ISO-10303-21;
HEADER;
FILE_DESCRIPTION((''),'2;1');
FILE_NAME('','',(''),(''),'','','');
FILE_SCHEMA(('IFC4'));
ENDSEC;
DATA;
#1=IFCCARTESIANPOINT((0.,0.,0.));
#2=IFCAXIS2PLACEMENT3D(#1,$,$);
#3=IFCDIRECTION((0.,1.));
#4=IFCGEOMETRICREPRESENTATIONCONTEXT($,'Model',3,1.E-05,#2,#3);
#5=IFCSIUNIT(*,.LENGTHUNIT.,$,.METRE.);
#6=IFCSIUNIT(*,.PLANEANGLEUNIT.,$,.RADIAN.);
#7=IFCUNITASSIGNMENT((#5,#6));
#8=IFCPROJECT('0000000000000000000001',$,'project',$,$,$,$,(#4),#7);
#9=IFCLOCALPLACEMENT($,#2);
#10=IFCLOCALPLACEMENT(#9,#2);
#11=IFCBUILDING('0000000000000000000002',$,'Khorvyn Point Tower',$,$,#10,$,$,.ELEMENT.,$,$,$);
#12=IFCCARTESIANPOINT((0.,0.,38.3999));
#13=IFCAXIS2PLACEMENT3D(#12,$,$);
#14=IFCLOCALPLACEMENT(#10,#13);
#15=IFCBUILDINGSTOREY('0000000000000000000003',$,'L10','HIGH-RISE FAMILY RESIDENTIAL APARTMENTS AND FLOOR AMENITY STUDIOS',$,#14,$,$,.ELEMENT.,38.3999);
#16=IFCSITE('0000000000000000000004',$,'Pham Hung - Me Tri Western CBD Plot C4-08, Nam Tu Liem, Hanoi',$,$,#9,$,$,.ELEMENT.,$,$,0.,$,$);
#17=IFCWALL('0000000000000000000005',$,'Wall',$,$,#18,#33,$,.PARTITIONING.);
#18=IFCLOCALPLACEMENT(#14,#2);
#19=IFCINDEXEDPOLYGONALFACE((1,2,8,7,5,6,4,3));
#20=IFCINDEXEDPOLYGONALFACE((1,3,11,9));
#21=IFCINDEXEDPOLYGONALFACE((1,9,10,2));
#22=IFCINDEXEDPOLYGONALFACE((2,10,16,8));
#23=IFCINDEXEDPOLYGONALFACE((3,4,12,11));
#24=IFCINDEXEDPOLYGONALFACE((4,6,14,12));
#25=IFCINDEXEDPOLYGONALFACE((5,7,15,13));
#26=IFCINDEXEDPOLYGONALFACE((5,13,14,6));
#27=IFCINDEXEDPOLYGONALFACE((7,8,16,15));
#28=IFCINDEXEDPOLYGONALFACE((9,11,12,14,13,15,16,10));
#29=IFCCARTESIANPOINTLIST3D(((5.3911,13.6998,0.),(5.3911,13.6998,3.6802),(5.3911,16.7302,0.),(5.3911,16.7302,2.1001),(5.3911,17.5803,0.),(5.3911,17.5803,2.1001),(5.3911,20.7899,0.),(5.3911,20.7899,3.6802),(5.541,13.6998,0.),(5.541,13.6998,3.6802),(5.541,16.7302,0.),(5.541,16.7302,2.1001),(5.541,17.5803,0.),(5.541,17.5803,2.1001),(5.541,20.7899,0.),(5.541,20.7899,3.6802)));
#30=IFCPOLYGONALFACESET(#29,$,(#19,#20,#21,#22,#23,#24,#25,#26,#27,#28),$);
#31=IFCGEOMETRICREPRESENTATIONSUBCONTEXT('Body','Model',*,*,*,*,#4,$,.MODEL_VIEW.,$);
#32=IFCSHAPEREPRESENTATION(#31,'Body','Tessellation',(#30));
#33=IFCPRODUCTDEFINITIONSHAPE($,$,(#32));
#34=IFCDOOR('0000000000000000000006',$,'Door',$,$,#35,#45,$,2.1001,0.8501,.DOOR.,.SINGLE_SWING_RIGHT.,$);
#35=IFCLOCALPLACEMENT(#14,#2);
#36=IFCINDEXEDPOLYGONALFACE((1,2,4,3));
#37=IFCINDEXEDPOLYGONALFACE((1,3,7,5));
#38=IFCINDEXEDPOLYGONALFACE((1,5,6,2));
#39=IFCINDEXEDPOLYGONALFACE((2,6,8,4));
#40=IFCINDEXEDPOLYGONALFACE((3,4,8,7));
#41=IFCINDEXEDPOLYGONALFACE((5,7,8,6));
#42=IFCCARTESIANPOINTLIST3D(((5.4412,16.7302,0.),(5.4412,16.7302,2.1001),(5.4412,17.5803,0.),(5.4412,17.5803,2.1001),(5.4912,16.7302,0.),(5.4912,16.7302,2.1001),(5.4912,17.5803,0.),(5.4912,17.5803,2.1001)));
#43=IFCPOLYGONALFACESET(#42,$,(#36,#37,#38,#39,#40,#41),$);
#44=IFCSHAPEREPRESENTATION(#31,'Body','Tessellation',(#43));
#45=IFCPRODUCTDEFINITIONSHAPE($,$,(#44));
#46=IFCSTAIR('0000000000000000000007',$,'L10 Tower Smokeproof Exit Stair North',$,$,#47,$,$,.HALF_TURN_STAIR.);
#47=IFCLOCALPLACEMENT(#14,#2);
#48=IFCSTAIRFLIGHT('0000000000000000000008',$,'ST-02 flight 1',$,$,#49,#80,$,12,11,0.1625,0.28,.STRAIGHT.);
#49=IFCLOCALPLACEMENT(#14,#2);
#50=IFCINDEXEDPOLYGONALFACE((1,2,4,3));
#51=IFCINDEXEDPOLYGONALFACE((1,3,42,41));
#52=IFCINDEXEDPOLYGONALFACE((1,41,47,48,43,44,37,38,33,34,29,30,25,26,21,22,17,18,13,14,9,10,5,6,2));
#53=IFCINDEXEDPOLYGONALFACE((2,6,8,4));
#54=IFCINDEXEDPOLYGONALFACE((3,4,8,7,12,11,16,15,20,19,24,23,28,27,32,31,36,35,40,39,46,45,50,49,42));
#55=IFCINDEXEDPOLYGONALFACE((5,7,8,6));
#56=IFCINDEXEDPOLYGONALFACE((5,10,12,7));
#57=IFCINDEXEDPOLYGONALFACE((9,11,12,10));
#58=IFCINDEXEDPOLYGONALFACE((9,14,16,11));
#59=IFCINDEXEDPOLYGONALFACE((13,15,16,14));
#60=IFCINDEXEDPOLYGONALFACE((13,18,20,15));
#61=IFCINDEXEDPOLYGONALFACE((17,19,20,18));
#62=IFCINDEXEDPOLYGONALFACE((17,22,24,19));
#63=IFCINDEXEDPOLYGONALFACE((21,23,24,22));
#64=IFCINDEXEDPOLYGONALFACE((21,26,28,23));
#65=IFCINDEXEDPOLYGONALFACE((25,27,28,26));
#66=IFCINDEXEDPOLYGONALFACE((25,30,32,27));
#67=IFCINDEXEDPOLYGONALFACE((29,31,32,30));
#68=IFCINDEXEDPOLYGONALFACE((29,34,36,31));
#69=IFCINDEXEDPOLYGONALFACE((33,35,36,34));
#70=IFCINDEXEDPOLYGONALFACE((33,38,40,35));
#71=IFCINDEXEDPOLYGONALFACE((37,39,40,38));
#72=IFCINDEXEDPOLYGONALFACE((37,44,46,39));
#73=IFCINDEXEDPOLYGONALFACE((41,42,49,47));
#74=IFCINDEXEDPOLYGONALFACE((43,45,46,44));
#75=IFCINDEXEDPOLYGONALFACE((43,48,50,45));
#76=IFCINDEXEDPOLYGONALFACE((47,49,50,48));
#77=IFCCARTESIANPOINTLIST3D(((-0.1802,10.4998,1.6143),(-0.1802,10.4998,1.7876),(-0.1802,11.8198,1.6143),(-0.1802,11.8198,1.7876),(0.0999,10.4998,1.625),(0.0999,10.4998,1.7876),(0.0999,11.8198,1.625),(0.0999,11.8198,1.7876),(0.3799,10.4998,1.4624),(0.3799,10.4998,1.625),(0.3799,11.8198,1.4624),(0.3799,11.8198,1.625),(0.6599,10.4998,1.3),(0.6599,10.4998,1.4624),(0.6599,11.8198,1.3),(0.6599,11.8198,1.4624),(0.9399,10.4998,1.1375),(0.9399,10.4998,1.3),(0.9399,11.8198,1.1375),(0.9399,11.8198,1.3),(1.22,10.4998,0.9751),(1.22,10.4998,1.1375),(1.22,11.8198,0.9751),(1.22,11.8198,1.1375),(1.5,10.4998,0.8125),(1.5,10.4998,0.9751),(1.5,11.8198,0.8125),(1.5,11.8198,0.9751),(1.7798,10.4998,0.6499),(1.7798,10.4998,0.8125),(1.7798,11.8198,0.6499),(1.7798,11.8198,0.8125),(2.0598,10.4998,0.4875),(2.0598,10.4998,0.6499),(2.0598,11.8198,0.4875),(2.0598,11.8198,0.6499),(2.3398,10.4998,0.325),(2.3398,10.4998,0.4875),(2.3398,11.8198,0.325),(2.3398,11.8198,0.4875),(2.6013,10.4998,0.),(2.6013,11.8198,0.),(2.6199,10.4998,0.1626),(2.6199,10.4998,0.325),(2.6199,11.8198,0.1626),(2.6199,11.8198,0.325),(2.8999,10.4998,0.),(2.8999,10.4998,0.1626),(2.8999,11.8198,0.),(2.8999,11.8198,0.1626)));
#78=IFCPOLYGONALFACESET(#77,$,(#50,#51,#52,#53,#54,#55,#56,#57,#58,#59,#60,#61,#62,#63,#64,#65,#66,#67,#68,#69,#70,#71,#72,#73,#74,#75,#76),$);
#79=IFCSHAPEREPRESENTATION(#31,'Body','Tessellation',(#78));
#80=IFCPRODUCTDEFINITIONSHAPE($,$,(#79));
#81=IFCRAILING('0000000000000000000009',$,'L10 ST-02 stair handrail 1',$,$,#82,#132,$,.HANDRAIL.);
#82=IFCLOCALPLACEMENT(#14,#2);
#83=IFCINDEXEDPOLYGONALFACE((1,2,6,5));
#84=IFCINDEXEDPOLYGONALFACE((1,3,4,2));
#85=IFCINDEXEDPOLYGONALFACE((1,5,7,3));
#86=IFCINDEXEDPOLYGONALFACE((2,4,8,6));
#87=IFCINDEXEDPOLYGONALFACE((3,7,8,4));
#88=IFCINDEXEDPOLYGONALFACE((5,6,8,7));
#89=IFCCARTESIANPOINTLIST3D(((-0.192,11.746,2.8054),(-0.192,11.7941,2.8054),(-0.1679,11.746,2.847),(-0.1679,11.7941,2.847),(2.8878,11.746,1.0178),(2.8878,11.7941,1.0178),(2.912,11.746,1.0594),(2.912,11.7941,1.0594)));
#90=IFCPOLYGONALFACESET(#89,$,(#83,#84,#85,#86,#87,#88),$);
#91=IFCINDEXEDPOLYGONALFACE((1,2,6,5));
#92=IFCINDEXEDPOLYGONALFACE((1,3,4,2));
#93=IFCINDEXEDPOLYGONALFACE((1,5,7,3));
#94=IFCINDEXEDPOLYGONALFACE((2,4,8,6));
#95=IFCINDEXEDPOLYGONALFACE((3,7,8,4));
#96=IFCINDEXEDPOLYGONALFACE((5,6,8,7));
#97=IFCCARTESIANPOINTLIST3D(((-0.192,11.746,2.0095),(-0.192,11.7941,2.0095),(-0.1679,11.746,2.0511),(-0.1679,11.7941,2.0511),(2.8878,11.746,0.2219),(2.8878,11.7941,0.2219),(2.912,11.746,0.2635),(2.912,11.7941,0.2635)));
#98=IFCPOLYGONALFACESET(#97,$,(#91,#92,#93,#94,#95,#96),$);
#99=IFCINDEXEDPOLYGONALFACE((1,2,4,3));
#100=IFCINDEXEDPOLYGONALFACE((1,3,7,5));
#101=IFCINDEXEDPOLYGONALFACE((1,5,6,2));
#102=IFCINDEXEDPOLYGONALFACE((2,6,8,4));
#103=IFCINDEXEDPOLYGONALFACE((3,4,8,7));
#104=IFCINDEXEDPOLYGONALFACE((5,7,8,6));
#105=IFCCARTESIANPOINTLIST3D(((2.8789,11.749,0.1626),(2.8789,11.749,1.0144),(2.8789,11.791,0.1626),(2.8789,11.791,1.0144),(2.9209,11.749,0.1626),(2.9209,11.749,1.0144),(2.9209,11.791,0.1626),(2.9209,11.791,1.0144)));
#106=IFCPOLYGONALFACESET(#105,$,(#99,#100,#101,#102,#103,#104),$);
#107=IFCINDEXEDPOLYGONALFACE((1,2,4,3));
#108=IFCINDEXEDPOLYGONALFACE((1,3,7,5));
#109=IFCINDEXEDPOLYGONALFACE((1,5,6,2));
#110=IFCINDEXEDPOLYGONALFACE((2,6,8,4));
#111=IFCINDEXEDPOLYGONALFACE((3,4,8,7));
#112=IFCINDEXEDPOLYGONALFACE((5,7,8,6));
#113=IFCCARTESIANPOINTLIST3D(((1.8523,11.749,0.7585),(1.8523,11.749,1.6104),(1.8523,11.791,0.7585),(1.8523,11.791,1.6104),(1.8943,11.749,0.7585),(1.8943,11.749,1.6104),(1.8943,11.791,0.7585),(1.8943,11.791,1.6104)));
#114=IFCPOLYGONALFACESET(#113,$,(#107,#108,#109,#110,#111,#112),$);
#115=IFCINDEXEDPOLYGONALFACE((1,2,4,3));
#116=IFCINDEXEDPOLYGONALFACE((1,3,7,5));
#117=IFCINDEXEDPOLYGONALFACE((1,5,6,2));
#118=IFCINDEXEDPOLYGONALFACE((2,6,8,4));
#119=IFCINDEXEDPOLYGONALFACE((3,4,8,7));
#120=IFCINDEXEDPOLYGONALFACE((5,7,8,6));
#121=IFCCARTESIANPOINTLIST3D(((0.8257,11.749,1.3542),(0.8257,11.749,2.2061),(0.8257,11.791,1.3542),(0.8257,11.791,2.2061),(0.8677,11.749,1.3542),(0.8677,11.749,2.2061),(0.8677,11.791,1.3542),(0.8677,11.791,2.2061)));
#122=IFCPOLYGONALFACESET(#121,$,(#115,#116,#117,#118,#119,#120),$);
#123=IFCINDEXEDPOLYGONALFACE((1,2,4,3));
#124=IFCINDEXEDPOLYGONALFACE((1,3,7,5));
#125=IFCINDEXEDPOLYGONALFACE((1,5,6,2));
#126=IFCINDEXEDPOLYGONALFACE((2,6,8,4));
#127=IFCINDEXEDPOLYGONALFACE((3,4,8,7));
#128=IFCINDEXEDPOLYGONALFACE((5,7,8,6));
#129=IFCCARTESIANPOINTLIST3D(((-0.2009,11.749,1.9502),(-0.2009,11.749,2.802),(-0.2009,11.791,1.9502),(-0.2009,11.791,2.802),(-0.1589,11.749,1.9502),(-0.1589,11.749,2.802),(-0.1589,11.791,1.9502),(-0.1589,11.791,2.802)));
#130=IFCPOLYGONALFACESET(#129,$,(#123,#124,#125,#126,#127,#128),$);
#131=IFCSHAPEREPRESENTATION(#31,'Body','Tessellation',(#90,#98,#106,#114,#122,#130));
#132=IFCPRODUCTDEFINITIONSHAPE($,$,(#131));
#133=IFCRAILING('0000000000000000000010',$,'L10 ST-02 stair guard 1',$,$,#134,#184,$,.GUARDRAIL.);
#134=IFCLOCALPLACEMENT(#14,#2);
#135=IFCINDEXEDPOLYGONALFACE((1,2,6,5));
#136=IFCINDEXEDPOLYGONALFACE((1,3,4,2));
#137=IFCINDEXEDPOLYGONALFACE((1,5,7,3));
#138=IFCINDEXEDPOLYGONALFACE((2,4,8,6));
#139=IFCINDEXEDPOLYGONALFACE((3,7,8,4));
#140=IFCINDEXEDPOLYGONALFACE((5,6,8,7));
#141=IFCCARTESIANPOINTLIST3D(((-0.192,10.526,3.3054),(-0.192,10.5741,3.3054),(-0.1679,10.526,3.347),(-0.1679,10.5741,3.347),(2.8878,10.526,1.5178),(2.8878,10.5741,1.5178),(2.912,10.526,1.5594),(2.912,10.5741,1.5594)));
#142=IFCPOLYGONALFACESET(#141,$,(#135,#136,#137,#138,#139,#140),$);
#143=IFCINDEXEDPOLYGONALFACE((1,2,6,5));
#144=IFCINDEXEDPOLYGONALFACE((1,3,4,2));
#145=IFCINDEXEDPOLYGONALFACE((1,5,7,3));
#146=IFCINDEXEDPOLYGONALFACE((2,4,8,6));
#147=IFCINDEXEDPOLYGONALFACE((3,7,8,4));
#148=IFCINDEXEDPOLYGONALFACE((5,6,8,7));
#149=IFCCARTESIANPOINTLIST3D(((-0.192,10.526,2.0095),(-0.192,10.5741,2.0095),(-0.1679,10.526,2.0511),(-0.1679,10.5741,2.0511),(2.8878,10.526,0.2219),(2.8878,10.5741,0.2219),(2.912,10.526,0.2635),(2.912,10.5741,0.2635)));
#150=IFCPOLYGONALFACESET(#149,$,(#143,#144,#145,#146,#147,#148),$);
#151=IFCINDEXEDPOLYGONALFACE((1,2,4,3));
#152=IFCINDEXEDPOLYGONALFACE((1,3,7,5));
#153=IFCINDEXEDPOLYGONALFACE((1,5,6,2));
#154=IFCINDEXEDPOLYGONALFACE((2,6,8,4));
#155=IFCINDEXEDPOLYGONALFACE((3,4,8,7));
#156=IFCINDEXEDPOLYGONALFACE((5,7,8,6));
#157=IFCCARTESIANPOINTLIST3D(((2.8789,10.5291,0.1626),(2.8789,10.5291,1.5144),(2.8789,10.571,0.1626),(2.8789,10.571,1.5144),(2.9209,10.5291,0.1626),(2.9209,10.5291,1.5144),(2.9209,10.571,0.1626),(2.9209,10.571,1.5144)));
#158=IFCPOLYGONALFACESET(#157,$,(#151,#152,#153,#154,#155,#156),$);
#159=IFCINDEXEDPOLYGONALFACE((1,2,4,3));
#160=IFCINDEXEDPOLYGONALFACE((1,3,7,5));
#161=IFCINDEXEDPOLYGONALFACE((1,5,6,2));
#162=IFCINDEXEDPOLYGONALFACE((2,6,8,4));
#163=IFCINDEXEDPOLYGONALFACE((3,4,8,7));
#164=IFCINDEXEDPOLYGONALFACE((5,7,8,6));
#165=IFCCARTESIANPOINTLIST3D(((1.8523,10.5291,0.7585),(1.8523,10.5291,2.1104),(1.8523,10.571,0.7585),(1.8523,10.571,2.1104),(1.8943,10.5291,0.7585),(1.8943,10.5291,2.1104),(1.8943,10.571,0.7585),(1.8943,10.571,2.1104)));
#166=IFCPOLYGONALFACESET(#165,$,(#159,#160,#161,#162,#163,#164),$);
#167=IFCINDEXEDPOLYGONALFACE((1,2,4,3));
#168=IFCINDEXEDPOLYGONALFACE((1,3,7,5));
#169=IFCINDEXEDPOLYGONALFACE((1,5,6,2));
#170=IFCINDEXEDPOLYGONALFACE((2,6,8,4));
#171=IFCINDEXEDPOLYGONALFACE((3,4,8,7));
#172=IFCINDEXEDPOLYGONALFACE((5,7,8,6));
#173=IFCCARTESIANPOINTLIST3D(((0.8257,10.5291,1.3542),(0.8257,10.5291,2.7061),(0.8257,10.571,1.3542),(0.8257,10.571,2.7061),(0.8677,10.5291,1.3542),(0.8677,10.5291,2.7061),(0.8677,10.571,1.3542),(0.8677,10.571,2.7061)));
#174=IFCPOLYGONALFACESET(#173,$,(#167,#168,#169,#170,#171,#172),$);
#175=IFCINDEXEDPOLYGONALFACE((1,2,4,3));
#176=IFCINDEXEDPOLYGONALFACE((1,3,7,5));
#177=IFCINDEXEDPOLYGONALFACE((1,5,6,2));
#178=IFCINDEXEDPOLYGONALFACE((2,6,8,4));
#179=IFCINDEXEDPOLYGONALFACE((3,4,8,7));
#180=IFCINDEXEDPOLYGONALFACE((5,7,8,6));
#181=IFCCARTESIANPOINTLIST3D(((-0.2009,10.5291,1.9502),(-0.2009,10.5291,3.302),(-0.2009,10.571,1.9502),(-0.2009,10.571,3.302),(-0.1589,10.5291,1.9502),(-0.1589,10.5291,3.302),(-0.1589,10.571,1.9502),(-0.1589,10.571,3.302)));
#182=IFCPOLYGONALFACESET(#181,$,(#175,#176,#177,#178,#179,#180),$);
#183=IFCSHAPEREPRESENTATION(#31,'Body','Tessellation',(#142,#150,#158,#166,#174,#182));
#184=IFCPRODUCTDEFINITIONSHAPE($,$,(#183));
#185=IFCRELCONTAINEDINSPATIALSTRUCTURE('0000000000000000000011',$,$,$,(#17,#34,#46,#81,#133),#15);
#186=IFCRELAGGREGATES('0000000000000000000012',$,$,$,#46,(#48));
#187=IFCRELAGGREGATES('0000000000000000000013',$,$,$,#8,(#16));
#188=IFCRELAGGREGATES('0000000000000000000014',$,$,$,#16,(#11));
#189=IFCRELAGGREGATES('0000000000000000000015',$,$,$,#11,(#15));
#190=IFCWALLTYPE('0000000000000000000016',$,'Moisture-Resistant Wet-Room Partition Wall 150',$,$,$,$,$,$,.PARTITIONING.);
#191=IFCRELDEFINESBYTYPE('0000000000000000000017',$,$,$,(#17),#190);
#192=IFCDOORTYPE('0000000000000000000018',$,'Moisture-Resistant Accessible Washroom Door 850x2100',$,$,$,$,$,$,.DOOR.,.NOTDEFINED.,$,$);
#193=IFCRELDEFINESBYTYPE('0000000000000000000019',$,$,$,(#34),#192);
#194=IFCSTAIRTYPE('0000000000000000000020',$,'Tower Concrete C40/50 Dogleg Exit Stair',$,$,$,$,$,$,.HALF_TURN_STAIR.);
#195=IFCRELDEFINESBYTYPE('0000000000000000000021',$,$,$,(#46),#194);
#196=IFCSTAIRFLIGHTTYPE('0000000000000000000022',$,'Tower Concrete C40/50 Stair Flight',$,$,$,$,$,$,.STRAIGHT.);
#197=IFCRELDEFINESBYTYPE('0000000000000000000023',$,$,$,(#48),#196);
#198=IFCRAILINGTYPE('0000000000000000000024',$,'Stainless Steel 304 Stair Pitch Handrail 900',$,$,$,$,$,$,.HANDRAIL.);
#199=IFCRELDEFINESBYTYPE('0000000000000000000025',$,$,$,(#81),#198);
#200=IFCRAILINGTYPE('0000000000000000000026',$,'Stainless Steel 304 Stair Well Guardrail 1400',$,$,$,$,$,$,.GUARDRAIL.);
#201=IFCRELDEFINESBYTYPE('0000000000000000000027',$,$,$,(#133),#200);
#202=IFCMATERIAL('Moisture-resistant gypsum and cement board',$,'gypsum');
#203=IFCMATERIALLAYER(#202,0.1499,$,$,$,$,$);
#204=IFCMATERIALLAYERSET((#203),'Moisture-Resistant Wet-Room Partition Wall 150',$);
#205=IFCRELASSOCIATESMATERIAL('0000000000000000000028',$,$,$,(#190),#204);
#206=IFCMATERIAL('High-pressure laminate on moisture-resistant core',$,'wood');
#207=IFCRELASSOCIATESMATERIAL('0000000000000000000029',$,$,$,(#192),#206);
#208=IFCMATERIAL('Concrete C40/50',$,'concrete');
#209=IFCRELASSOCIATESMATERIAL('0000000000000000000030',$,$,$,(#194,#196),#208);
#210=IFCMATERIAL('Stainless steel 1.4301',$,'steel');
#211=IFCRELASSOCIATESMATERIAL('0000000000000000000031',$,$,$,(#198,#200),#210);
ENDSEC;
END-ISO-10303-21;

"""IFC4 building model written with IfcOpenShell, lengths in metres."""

from ifc_helpers import new_model, si_unit, direction, frame, frame_2d, origin, origin_2d, place, context, subcontext, project, spatial, polyline, rectangle, outline, extrude, material, layer, layer_set, type_object, element, fill, aggregate, save


model = new_model("IFC4")

# Units and contexts
model_context = context("Model", 3, precision=1e-05, world=origin(), true_north=direction((0.0, 1.0)))
body_context = subcontext(model_context, "Body", "Model", "MODEL_VIEW")
ifc_project = project(units=[si_unit("LENGTHUNIT", "METRE"), si_unit("PLANEANGLEUNIT", "RADIAN")], contexts=[model_context])

# Site, building, storey
site_placement = place(None, origin())
site = spatial("IfcSite", under=ifc_project, at=site_placement, Name="Pham Hung - Me Tri Western CBD Plot C4-08, Nam Tu Liem, Hanoi", CompositionType="ELEMENT", RefElevation=0.0)
building_placement = place(site_placement, origin())
building = spatial("IfcBuilding", under=site, at=building_placement, Name="Khorvyn Point Tower", CompositionType="ELEMENT")
storey_placement = place(building_placement, frame((0.0, 0.0, 38.3999)))
storey = spatial("IfcBuildingStorey", under=building, at=storey_placement, Name="L10", Description="HIGH-RISE FAMILY RESIDENTIAL APARTMENTS AND FLOOR AMENITY STUDIOS", CompositionType="ELEMENT", Elevation=38.3999)

# Wall, opening, door
ifc_material_1 = material(Name="Concrete C40/50", Category="concrete")
ifc_material_2 = material(Name="Moisture-resistant gypsum and cement board", Category="gypsum")
ifc_layer_1 = layer(ifc_material_2, 0.1499)
ifc_layer_set_1 = layer_set([ifc_layer_1], Name="Moisture-Resistant Wet-Room Partition Wall 150")
wall_type_1 = type_object("IfcWallType", Name="Moisture-Resistant Wet-Room Partition Wall 150", PredefinedType="PARTITIONING", material=ifc_layer_set_1)
ifc_material_3 = material(Name="High-pressure laminate on moisture-resistant core", Category="wood")
door_type_1 = type_object("IfcDoorType", Name="Moisture-Resistant Accessible Washroom Door 850x2100", OperationType="NOTDEFINED", PredefinedType="DOOR", material=ifc_material_3)
wall_1_placement = place(storey_placement, frame((5.4661, 13.7, 0.0), z_axis=(0.0, 0.0, 1.0), x_axis=(0.0, 1.0, 0.0)))
wall_1 = element("IfcWall", 1, at=wall_1_placement, inside=storey, type_object=wall_type_1, Name="Wall", PredefinedType="PARTITIONING", context=body_context, shape_type="SweptSolid", body=[
    extrude(rectangle(XDim=7.0901, YDim=0.1499, at=frame_2d((3.5449, 0.0))), origin(), (0.0, 0.0, 1.0), 3.6802),
])
opening_1_placement = place(wall_1_placement, frame((3.0303, 0.0, 0.0)))
opening_1 = element("IfcOpeningElement", 2, at=opening_1_placement, cuts=wall_1, PredefinedType="OPENING", context=body_context, shape_type="SweptSolid", body=[
    extrude(rectangle(XDim=0.8501, YDim=2.1001, at=frame_2d((0.425, 1.05))), frame((0.0, 0.085, 0.0), z_axis=(0.0, -1.0, 0.0), x_axis=(1.0, 0.0, 0.0)), (0.0, 0.0, 1.0), 0.1699),
])
door_1_placement = place(opening_1_placement, origin())
door_1 = element("IfcDoor", 3, at=door_1_placement, inside=storey, type_object=door_type_1, Name="Door", OperationType="SINGLE_SWING_RIGHT", OverallHeight=2.1001, OverallWidth=0.8501, PredefinedType="DOOR", context=body_context, shape_type="SweptSolid", body=[
    extrude(rectangle(XDim=0.8501, YDim=2.1001, at=frame_2d((0.425, 1.05))), frame((0.0, 0.0249, 0.0), z_axis=(0.0, -1.0, 0.0), x_axis=(1.0, 0.0, 0.0)), (0.0, 0.0, 1.0), 0.05),
])
fill(opening_1, door_1)

# Stair, stair flight
stair_type = type_object("IfcStairType", Name="Tower Concrete C40/50 Dogleg Exit Stair", PredefinedType="HALF_TURN_STAIR", material=ifc_material_1)
stair_placement = place(storey_placement, origin())
stair = element("IfcStair", 4, at=stair_placement, inside=storey, type_object=stair_type, Name="L10 Tower Smokeproof Exit Stair North", PredefinedType="HALF_TURN_STAIR")
stair_flight_type = type_object("IfcStairFlightType", Name="Tower Concrete C40/50 Stair Flight", PredefinedType="STRAIGHT", material=ifc_material_1)
stair_flight_placement = place(storey_placement, frame((2.8999, 11.1599, 0.0), z_axis=(0.0, 0.0, 1.0), x_axis=(-1.0, 0.0, 0.0)))
stair_flight = element("IfcStairFlight", 5, at=stair_flight_placement, type_object=stair_flight_type, Name="ST-02 flight 1", NumberOfRisers=12, NumberOfTreads=11, PredefinedType="STRAIGHT", RiserHeight=0.1625, TreadLength=0.28, context=body_context, shape_type="SweptSolid", body=[
    extrude(outline(polyline([(0.0, 0.0), (0.0, 0.1626), (0.28, 0.1626), (0.28, 0.325), (0.5601, 0.325), (0.5601, 0.4875), (0.8401, 0.4875), (0.8401, 0.6499), (1.1201, 0.6499), (1.1201, 0.8125), (1.3999, 0.8125), (1.3999, 0.9751), (1.6799, 0.9751), (1.6799, 1.1375), (1.96, 1.1375), (1.96, 1.3), (2.24, 1.3), (2.24, 1.4624), (2.52, 1.4624), (2.52, 1.625), (2.8, 1.625), (2.8, 1.7876), (3.0801, 1.7876), (3.0801, 1.95), (3.0801, 1.6143), (0.2986, 0.0), (0.0, 0.0)])), frame((0.0, 0.6602, 0.0), z_axis=(0.0, -1.0, 0.0), x_axis=(1.0, 0.0, 0.0)), (0.0, 0.0, 1.0), 1.3201),
])
aggregate(stair, [stair_flight])

# Railings
ifc_material_4 = material(Name="Stainless steel 1.4301", Category="steel")
railing_type_1 = type_object("IfcRailingType", Name="Stainless Steel 304 Stair Pitch Handrail 900", PredefinedType="HANDRAIL", material=ifc_material_4)
railing_1_placement = place(storey_placement, frame((2.8999, 11.77, 0.1626)))
element("IfcRailing", 6, at=railing_1_placement, inside=storey, type_object=railing_type_1, Name="L10 ST-02 stair handrail 1", PredefinedType="HANDRAIL", context=body_context, shape_type="SweptSolid", body=[
    extrude(rectangle(XDim=0.0481, YDim=0.0481, at=origin_2d()), frame((0.0, 0.0, 0.876), z_axis=(-0.864873, 0.0, 0.50199), x_axis=(0.0, -1.0, 0.0)), (0.0, 0.0, 1.0), 3.561),
    extrude(rectangle(XDim=0.0481, YDim=0.0481, at=origin_2d()), frame((0.0, 0.0, 0.0801), z_axis=(-0.864873, 0.0, 0.50199), x_axis=(0.0, -1.0, 0.0)), (0.0, 0.0, 1.0), 3.561),
    extrude(rectangle(XDim=0.042, YDim=0.042, at=origin_2d()), origin(), (0.0, 0.0, 1.0), 0.8518),
    extrude(rectangle(XDim=0.042, YDim=0.042, at=origin_2d()), frame((-1.0266, 0.0, 0.5959)), (0.0, 0.0, 1.0), 0.8518),
    extrude(rectangle(XDim=0.042, YDim=0.042, at=origin_2d()), frame((-2.0532, 0.0, 1.1917)), (0.0, 0.0, 1.0), 0.8518),
    extrude(rectangle(XDim=0.042, YDim=0.042, at=origin_2d()), frame((-3.0798, 0.0, 1.7876)), (0.0, 0.0, 1.0), 0.8518),
])
railing_type_2 = type_object("IfcRailingType", Name="Stainless Steel 304 Stair Well Guardrail 1400", PredefinedType="GUARDRAIL", material=ifc_material_4)
railing_2_placement = place(storey_placement, frame((2.8999, 10.55, 0.1626)))
element("IfcRailing", 7, at=railing_2_placement, inside=storey, type_object=railing_type_2, Name="L10 ST-02 stair guard 1", PredefinedType="GUARDRAIL", context=body_context, shape_type="SweptSolid", body=[
    extrude(rectangle(XDim=0.0481, YDim=0.0481, at=origin_2d()), frame((0.0, 0.0, 1.376), z_axis=(-0.864873, 0.0, 0.50199), x_axis=(0.0, -1.0, 0.0)), (0.0, 0.0, 1.0), 3.561),
    extrude(rectangle(XDim=0.0481, YDim=0.0481, at=origin_2d()), frame((0.0, 0.0, 0.0801), z_axis=(-0.864873, 0.0, 0.50199), x_axis=(0.0, -1.0, 0.0)), (0.0, 0.0, 1.0), 3.561),
    extrude(rectangle(XDim=0.042, YDim=0.042, at=origin_2d()), origin(), (0.0, 0.0, 1.0), 1.3518),
    extrude(rectangle(XDim=0.042, YDim=0.042, at=origin_2d()), frame((-1.0266, 0.0, 0.5959)), (0.0, 0.0, 1.0), 1.3518),
    extrude(rectangle(XDim=0.042, YDim=0.042, at=origin_2d()), frame((-2.0532, 0.0, 1.1917)), (0.0, 0.0, 1.0), 1.3518),
    extrude(rectangle(XDim=0.042, YDim=0.042, at=origin_2d()), frame((-3.0798, 0.0, 1.7876)), (0.0, 0.0, 1.0), 1.3518),
])

save(model, "model.ifc")
